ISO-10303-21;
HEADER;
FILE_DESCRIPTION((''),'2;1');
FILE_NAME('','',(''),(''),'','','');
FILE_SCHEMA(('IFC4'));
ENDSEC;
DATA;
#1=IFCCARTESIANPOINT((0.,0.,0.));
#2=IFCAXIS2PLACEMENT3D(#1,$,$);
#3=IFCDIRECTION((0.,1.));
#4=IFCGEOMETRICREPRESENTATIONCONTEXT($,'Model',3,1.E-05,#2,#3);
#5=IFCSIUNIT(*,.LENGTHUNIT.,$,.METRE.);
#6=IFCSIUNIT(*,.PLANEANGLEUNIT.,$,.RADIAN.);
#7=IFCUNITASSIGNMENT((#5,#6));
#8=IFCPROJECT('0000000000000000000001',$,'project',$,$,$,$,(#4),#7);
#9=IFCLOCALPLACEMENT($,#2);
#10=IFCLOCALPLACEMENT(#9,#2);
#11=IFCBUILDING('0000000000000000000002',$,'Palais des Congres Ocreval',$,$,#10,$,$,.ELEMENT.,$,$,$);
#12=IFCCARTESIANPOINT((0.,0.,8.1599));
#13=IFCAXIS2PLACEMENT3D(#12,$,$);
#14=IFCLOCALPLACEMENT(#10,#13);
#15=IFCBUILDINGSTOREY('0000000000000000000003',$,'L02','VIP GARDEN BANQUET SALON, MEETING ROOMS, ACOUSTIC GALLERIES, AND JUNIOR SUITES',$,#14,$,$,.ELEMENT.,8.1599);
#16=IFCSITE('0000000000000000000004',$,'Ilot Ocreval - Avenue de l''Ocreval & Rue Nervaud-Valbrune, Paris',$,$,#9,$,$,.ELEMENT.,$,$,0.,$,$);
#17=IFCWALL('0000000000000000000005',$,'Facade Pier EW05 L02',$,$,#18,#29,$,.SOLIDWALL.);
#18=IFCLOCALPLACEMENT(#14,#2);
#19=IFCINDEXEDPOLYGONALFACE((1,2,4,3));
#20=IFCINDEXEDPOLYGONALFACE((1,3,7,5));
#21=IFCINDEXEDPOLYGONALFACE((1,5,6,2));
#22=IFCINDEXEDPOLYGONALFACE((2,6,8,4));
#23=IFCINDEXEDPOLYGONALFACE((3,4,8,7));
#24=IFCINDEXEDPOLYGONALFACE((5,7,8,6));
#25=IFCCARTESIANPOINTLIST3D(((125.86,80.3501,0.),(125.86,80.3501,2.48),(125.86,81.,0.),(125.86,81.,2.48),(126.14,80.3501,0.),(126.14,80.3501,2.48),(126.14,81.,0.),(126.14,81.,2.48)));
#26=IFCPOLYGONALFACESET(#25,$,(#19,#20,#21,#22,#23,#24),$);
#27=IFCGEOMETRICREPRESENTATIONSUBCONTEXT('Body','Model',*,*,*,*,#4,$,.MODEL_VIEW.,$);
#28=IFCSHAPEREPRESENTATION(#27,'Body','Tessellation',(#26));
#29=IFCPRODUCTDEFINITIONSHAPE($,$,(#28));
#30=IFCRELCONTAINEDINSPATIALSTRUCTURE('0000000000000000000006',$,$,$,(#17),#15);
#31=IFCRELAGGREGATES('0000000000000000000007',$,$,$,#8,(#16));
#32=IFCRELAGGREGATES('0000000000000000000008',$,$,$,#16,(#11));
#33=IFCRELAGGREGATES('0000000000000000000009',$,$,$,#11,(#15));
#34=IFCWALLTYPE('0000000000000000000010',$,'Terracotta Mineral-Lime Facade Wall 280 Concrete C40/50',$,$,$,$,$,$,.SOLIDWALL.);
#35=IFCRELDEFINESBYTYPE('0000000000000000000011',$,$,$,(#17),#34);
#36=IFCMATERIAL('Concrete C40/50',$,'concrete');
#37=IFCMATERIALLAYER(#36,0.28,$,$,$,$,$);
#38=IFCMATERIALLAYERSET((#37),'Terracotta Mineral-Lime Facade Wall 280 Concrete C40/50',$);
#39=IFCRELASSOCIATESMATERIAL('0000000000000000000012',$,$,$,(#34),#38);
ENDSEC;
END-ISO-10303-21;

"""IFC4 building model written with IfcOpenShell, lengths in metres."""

from ifc_helpers import new_model, si_unit, direction, frame, frame_2d, origin, place, context, subcontext, project, spatial, rectangle, extrude, material, layer, layer_set, type_object, element, save


model = new_model("IFC4")

# Units and contexts
model_context = context("Model", 3, precision=1e-05, world=origin(), true_north=direction((0.0, 1.0)))
body_context = subcontext(model_context, "Body", "Model", "MODEL_VIEW")
ifc_project = project(units=[si_unit("LENGTHUNIT", "METRE"), si_unit("PLANEANGLEUNIT", "RADIAN")], contexts=[model_context])

# Site, building, storey
site_placement = place(None, origin())
site = spatial("IfcSite", under=ifc_project, at=site_placement, Name="Ilot Ocreval - Avenue de l'Ocreval & Rue Nervaud-Valbrune, Paris", CompositionType="ELEMENT", RefElevation=0.0)
building_placement = place(site_placement, origin())
building = spatial("IfcBuilding", under=site, at=building_placement, Name="Palais des Congres Ocreval", CompositionType="ELEMENT")
storey_placement = place(building_placement, frame((0.0, 0.0, 8.1599)))
storey = spatial("IfcBuildingStorey", under=building, at=storey_placement, Name="L02", Description="VIP GARDEN BANQUET SALON, MEETING ROOMS, ACOUSTIC GALLERIES, AND JUNIOR SUITES", CompositionType="ELEMENT", Elevation=8.1599)

# Wall
ifc_material_1 = material(Name="Concrete C40/50", Category="concrete")
ifc_layer_1 = layer(ifc_material_1, 0.28)
ifc_layer_set_1 = layer_set([ifc_layer_1], Name="Terracotta Mineral-Lime Facade Wall 280 Concrete C40/50")
wall_type = type_object("IfcWallType", Name="Terracotta Mineral-Lime Facade Wall 280 Concrete C40/50", PredefinedType="SOLIDWALL", material=ifc_layer_set_1)
for number, where, z_axis, x_axis, name in (
    (1, (126.0, 81.0, 0.0), (0.0, 0.0, 1.0), (0.0, -1.0, 0.0), "Facade Pier EW05 L02"),
):
    element("IfcWall", number, at=place(storey_placement, frame(where, z_axis=z_axis, x_axis=x_axis)), inside=storey, type_object=wall_type, Name=name, PredefinedType="SOLIDWALL", context=body_context, shape_type="SweptSolid", body=[
        extrude(rectangle(XDim=0.6499, YDim=0.28, at=frame_2d((0.325, 0.0))), origin(), (0.0, 0.0, 1.0), 2.48),
    ])

save(model, "model.ifc")
